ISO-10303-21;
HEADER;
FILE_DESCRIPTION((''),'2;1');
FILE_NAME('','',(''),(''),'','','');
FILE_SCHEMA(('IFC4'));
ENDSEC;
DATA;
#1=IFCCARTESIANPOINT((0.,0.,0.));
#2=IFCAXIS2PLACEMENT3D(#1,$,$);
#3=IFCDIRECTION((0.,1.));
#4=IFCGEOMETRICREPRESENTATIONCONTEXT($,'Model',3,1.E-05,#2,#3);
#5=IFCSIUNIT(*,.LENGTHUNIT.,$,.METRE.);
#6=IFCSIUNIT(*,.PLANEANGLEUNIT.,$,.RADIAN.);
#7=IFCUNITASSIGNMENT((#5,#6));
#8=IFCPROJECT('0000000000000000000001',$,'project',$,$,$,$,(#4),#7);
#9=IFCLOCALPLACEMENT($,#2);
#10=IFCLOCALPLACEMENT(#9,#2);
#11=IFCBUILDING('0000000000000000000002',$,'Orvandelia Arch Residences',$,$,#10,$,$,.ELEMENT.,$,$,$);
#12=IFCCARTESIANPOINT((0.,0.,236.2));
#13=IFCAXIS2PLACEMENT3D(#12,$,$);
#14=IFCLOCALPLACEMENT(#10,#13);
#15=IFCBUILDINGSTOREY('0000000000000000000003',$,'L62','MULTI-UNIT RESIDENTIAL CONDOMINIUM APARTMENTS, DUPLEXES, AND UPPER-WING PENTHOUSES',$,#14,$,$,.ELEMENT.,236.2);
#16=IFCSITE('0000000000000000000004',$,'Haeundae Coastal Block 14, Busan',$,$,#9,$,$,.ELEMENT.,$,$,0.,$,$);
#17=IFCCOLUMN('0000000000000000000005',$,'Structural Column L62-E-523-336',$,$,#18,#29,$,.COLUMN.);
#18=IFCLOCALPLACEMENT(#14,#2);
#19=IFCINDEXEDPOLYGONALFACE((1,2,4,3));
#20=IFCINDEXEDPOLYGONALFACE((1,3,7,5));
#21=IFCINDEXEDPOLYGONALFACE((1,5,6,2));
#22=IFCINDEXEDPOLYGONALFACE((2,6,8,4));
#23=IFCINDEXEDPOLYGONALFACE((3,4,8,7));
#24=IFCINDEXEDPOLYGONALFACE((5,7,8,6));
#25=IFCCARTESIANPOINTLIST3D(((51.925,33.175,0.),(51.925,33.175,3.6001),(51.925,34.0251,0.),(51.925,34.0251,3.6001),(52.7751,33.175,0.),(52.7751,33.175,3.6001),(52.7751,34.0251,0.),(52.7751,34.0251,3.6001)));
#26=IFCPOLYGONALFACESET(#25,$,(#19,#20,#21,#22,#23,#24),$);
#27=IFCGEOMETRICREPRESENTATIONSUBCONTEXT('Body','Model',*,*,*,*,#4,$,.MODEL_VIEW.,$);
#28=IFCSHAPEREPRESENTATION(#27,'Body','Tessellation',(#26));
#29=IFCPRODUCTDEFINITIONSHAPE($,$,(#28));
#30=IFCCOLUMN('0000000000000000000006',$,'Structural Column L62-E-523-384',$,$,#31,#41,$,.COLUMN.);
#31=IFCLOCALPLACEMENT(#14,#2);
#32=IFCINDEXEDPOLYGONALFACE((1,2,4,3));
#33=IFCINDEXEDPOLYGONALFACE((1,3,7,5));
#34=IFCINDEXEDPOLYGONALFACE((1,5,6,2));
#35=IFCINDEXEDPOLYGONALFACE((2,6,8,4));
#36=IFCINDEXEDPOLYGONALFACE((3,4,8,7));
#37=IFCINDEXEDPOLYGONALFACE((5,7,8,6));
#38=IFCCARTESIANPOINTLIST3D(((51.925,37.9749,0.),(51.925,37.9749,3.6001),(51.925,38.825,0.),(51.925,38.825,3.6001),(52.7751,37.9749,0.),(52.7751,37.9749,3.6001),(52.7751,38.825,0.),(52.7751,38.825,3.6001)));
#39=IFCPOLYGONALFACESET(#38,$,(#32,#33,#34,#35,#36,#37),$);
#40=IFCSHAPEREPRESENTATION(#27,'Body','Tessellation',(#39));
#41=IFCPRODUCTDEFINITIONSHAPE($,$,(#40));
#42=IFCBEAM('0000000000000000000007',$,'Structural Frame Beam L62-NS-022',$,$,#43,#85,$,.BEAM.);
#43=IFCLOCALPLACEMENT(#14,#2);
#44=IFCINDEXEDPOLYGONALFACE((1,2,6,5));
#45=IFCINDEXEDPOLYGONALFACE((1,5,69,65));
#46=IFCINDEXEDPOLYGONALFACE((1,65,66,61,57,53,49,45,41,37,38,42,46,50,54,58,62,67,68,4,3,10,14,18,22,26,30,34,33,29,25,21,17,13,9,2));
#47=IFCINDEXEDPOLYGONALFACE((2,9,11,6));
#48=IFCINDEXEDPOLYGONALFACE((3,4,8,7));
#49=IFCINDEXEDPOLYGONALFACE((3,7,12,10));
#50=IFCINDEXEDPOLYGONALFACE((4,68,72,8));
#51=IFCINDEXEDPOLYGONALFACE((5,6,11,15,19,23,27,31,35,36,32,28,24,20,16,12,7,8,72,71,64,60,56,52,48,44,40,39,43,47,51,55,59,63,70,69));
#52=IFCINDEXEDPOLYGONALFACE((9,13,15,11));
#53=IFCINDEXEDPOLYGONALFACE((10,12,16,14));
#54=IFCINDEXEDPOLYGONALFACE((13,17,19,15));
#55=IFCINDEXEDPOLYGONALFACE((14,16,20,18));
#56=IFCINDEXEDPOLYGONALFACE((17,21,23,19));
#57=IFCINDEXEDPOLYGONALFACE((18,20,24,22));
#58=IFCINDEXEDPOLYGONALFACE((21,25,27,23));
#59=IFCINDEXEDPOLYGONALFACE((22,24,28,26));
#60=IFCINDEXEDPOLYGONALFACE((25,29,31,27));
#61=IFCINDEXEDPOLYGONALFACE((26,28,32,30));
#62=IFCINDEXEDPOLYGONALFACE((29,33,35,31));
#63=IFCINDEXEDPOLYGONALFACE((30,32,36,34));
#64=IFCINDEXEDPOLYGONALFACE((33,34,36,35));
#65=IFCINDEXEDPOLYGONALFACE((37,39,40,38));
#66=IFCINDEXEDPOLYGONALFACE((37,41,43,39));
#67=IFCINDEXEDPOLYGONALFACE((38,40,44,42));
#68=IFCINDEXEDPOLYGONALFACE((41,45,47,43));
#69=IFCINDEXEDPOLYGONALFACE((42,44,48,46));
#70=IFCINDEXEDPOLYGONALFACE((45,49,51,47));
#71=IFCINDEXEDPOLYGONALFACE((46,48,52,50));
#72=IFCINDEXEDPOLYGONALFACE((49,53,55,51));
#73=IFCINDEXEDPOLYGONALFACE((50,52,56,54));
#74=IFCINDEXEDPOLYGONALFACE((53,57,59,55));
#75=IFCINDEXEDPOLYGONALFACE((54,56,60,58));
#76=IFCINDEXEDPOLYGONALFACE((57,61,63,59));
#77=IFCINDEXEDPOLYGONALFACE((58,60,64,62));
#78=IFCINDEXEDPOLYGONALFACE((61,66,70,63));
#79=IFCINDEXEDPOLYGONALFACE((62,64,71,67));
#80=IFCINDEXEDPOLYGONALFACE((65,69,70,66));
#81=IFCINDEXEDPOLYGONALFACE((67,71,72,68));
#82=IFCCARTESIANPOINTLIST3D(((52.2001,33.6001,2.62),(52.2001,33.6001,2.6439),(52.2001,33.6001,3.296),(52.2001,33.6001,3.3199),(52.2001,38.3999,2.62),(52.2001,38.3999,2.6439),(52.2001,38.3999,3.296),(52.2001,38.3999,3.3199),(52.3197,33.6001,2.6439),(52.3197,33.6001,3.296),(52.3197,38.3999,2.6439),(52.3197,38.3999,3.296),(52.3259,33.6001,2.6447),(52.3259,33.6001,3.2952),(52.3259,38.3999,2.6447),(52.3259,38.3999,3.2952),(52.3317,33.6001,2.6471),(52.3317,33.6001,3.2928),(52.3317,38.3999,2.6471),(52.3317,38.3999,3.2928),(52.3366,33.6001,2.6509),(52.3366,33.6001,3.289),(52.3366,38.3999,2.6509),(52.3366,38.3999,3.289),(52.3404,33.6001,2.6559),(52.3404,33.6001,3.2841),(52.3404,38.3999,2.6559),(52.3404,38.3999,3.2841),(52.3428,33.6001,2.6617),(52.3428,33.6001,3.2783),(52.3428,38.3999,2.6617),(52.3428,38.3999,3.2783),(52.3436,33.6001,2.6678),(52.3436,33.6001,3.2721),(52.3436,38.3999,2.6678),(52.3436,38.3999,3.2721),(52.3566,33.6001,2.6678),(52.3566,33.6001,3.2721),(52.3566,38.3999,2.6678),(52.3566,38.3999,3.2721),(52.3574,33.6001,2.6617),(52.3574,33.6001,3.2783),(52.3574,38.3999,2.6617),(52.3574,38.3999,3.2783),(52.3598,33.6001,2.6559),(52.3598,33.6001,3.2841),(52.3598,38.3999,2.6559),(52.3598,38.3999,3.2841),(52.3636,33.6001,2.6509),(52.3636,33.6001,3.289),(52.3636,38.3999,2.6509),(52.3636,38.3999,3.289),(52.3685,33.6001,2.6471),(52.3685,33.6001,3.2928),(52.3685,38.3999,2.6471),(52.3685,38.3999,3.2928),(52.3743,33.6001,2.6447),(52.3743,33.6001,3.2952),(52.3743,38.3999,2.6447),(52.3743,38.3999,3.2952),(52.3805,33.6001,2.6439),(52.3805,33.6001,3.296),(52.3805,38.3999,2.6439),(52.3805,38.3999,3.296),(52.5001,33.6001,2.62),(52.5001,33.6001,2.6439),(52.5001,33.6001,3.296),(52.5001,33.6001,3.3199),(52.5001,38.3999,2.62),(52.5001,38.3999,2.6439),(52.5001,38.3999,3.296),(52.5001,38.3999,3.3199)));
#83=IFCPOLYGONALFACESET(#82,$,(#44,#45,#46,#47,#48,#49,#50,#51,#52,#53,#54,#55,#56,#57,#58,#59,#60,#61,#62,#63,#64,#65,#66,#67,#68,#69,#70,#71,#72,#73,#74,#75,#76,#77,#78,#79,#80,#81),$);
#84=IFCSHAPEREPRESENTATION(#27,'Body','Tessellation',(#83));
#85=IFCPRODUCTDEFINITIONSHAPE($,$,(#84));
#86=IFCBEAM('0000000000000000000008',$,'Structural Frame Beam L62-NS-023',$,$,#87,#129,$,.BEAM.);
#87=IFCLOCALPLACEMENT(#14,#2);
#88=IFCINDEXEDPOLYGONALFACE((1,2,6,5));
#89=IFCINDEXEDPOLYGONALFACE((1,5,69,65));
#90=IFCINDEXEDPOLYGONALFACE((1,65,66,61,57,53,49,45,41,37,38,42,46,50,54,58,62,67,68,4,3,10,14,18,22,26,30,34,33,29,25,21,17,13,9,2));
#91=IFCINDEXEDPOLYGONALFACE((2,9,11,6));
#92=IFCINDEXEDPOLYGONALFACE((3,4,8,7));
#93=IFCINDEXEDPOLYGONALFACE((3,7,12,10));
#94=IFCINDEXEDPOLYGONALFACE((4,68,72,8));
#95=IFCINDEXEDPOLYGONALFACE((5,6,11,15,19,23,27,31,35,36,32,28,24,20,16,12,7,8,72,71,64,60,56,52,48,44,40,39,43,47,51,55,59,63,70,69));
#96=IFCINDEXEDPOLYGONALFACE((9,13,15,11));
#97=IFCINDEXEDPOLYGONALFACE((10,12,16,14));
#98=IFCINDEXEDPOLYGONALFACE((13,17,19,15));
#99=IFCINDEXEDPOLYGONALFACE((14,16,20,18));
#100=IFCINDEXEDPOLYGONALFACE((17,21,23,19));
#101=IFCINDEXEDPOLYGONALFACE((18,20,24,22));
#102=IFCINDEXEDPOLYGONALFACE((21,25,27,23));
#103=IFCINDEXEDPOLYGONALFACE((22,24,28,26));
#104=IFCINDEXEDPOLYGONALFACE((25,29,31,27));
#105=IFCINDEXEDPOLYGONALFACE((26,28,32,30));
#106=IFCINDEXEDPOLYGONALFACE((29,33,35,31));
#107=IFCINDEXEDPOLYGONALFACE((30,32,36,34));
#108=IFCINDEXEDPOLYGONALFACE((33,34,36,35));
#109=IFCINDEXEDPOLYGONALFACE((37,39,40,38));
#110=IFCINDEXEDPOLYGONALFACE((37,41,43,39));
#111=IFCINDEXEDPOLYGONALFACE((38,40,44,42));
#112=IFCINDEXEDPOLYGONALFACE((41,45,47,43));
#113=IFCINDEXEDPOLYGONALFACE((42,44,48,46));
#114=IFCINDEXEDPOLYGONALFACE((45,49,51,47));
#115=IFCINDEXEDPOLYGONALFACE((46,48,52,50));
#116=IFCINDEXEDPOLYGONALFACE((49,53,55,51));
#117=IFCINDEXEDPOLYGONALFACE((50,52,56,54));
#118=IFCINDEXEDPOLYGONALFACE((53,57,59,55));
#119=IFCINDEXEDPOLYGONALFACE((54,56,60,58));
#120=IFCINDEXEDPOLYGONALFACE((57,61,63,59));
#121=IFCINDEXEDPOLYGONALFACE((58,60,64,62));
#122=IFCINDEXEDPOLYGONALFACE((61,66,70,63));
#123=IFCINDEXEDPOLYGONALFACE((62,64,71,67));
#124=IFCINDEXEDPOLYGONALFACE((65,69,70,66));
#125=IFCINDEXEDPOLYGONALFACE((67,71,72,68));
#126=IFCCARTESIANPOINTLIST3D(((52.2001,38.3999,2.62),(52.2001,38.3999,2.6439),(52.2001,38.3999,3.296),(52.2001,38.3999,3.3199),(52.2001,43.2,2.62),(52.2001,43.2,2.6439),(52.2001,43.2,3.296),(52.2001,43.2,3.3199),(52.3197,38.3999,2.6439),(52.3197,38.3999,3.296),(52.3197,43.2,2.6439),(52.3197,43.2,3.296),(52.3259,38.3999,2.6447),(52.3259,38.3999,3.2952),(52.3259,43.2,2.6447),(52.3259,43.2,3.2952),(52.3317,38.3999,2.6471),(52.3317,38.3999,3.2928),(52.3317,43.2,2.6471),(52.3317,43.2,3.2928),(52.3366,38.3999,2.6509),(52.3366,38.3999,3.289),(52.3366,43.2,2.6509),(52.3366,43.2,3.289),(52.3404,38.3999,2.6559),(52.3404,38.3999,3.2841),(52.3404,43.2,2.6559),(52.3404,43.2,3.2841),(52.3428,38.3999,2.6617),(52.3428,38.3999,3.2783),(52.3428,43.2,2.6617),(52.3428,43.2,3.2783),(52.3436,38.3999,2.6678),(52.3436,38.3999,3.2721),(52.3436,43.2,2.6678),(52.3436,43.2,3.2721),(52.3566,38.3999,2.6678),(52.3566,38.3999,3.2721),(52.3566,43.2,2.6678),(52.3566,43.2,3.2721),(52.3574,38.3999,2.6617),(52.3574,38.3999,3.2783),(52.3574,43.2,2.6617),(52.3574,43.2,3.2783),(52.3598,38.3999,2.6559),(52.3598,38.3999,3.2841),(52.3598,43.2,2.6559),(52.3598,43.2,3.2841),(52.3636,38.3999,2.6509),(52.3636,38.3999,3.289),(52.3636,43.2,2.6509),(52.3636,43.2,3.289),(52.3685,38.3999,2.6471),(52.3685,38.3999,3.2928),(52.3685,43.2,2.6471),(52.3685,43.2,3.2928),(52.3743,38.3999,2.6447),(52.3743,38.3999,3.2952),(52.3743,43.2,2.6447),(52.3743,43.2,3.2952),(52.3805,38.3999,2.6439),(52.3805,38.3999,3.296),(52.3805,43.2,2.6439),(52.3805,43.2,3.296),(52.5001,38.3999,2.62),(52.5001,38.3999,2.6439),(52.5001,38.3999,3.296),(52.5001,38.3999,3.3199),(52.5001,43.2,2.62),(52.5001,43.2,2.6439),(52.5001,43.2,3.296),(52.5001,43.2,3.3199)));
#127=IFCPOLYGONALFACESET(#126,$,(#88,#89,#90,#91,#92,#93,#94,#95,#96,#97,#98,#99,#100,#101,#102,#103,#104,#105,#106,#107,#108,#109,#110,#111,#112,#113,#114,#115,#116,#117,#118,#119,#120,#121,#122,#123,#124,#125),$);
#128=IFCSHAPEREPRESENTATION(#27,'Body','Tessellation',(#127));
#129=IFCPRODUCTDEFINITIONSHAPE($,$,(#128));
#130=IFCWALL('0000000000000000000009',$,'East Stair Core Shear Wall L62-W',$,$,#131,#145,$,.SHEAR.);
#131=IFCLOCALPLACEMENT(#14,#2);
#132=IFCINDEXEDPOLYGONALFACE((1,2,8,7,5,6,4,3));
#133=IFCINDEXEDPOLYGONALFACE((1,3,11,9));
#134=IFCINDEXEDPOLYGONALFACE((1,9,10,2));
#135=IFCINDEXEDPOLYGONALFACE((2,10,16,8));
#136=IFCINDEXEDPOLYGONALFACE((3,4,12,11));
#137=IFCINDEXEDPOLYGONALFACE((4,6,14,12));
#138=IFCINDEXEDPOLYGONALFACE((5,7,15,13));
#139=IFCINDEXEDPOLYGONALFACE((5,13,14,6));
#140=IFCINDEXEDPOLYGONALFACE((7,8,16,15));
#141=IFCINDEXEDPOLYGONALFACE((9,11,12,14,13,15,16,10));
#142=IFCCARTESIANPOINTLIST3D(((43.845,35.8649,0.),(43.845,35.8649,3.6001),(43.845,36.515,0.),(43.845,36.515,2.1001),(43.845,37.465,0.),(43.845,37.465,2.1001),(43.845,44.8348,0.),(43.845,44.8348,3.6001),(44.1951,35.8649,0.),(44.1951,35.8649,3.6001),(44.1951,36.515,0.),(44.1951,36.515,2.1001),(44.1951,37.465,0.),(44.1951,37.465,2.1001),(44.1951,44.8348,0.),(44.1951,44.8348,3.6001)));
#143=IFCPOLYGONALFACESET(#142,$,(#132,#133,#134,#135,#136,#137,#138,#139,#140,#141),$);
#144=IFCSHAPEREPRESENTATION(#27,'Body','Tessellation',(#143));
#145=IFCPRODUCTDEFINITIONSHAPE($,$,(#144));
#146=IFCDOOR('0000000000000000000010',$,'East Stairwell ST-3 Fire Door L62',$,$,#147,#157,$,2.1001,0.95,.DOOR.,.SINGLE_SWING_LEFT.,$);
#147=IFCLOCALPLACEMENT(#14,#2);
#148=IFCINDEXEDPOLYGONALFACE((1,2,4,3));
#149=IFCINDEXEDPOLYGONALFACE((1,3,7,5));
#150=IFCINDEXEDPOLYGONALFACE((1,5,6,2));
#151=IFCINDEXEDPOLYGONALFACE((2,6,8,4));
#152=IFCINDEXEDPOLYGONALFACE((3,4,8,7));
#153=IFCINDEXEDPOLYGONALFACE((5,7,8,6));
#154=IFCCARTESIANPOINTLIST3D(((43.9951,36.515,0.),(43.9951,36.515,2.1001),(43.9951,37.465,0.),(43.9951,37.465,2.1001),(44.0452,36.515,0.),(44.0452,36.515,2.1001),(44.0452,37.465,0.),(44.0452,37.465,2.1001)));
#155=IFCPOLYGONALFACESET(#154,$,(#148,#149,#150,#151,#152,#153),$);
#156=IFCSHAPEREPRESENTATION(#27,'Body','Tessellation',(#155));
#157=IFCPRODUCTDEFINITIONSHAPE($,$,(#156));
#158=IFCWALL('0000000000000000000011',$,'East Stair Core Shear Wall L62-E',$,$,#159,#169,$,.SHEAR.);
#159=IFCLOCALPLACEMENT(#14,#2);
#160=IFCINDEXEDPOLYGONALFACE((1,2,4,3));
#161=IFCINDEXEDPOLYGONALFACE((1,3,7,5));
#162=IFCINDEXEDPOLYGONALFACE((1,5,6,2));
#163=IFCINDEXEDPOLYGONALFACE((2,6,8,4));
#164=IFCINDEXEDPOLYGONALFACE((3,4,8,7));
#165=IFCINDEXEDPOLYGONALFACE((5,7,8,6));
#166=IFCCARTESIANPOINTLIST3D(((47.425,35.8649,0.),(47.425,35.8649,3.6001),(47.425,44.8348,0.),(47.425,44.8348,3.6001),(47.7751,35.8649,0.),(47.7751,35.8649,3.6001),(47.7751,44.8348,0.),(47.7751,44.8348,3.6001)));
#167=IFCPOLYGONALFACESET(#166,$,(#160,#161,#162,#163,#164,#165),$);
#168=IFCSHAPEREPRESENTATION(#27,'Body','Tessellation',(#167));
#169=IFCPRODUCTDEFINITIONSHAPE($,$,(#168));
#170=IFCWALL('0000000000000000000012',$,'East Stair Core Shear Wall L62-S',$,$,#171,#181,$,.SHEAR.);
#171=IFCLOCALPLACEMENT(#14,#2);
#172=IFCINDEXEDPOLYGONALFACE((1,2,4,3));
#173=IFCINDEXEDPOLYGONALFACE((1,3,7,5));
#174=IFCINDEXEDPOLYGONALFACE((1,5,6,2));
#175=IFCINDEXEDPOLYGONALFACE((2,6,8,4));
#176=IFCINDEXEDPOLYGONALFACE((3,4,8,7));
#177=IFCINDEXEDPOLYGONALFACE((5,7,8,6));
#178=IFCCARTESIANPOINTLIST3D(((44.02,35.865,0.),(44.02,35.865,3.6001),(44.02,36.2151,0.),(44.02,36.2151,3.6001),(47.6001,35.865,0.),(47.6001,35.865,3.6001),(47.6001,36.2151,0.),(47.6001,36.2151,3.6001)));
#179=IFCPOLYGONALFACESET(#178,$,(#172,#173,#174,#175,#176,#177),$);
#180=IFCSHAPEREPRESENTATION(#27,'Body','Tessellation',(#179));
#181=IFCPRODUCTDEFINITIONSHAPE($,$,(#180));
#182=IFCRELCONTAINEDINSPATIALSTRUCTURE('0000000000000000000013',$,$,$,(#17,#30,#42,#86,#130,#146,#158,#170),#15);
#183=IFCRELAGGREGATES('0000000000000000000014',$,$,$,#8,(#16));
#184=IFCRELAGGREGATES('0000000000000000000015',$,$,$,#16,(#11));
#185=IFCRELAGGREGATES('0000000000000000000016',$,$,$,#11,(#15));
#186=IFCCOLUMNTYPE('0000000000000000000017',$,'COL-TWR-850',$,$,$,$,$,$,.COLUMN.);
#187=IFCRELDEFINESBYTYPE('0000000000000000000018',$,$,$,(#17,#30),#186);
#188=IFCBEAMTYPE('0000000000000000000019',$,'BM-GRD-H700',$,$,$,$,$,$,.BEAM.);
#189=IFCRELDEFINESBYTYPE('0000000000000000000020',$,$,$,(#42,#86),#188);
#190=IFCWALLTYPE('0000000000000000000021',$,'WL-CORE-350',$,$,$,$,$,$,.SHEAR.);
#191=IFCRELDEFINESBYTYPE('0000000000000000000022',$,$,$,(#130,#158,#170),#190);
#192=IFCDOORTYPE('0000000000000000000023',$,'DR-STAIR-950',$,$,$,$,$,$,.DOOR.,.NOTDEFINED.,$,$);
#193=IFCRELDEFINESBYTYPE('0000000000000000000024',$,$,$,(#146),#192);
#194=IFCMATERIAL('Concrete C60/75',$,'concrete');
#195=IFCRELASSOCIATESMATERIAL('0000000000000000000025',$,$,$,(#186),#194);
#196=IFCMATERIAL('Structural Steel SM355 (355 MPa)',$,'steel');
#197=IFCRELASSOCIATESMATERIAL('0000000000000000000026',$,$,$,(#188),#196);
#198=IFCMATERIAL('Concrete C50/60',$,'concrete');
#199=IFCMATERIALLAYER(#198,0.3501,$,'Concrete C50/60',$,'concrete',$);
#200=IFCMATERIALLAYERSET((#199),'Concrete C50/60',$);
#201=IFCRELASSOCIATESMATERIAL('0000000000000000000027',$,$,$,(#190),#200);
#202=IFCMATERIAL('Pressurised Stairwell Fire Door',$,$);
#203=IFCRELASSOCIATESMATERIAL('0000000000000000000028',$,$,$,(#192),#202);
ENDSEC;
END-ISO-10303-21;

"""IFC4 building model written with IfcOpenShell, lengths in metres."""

from ifc_helpers import new_model, si_unit, direction, frame, frame_2d, origin, origin_2d, place, context, subcontext, project, spatial, rectangle, i_section, extrude, material, layer, layer_set, material_profile, profile_set, type_object, element, fill, save


model = new_model("IFC4")

# Units and contexts
model_context = context("Model", 3, precision=1e-05, world=origin(), true_north=direction((0.0, 1.0)))
body_context = subcontext(model_context, "Body", "Model", "MODEL_VIEW")
ifc_project = project(units=[si_unit("LENGTHUNIT", "METRE"), si_unit("PLANEANGLEUNIT", "RADIAN")], contexts=[model_context])

# Site, building, storey
site_placement = place(None, origin())
site = spatial("IfcSite", under=ifc_project, at=site_placement, Name="Haeundae Coastal Block 14, Busan", CompositionType="ELEMENT", RefElevation=0.0)
building_placement = place(site_placement, origin())
building = spatial("IfcBuilding", under=site, at=building_placement, Name="Orvandelia Arch Residences", CompositionType="ELEMENT")
storey_placement = place(building_placement, frame((0.0, 0.0, 236.2)))
storey = spatial("IfcBuildingStorey", under=building, at=storey_placement, Name="L62", Description="MULTI-UNIT RESIDENTIAL CONDOMINIUM APARTMENTS, DUPLEXES, AND UPPER-WING PENTHOUSES", CompositionType="ELEMENT", Elevation=236.2)

# Columns
ifc_material_1 = material(Name="Concrete C60/75", Category="concrete")
ifc_material_profile_1 = material_profile(ifc_material_1, rectangle(XDim=0.8501, YDim=0.8501, at=origin_2d()), Name="Concrete C60/75", Category="concrete")
ifc_profile_set_1 = profile_set([ifc_material_profile_1], Name="Concrete C60/75")
column_type = type_object("IfcColumnType", Name="COL-TWR-850", PredefinedType="COLUMN", material=ifc_profile_set_1)
for number, where, z_axis, x_axis, name in (
    (1, (52.3501, 33.6001, 0.0), (0.0, 0.0, 1.0), (1.0, 0.0, 0.0), "Structural Column L62-E-523-336"),
    (2, (52.3501, 38.3999, 0.0), (0.0, 0.0, 1.0), (1.0, 0.0, 0.0), "Structural Column L62-E-523-384"),
):
    element("IfcColumn", number, at=place(storey_placement, frame(where, z_axis=z_axis, x_axis=x_axis)), inside=storey, type_object=column_type, Name=name, PredefinedType="COLUMN", context=body_context, shape_type="SweptSolid", body=[
        extrude(rectangle(XDim=0.8501, YDim=0.8501, at=origin_2d()), origin(), (0.0, 0.0, 1.0), 3.6001),
    ])

# Beams
ifc_material_2 = material(Name="Structural Steel SM355 (355 MPa)", Category="steel")
ifc_material_profile_2 = material_profile(ifc_material_2, i_section(OverallWidth=0.3, OverallDepth=0.7, WebThickness=0.0129, FlangeThickness=0.0239, FilletRadius=0.0239, at=origin_2d()), Name="Structural Steel SM355 (355 MPa)", Category="steel")
ifc_profile_set_2 = profile_set([ifc_material_profile_2], Name="Structural Steel SM355 (355 MPa)")
beam_type = type_object("IfcBeamType", Name="BM-GRD-H700", PredefinedType="BEAM", material=ifc_profile_set_2)
beam_1_placement = place(storey_placement, frame((52.3501, 33.6001, 2.97), z_axis=(0.0, 1.0, 0.0), x_axis=(-1.0, 0.0, 0.0)))
element("IfcBeam", 3, at=beam_1_placement, inside=storey, type_object=beam_type, Name="Structural Frame Beam L62-NS-022", PredefinedType="BEAM", context=body_context, shape_type="SweptSolid", body=[
    extrude(i_section(OverallWidth=0.3, OverallDepth=0.7, WebThickness=0.0129, FlangeThickness=0.0239, FilletRadius=0.0239, at=origin_2d()), origin(), (0.0, 0.0, 1.0), 4.7998),
])
beam_2_placement = place(storey_placement, frame((52.3501, 38.3999, 2.97), z_axis=(0.0, 1.0, 0.0), x_axis=(-1.0, 0.0, 0.0)))
element("IfcBeam", 4, at=beam_2_placement, inside=storey, type_object=beam_type, Name="Structural Frame Beam L62-NS-023", PredefinedType="BEAM", context=body_context, shape_type="SweptSolid", body=[
    extrude(i_section(OverallWidth=0.3, OverallDepth=0.7, WebThickness=0.0129, FlangeThickness=0.0239, FilletRadius=0.0239, at=origin_2d()), origin(), (0.0, 0.0, 1.0), 4.8),
])

# Wall, opening, door
ifc_material_3 = material(Name="Concrete C50/60", Category="concrete")
ifc_layer_1 = layer(ifc_material_3, 0.3501, Name="Concrete C50/60", Category="concrete")
ifc_layer_set_1 = layer_set([ifc_layer_1], Name="Concrete C50/60")
wall_type_1 = type_object("IfcWallType", Name="WL-CORE-350", PredefinedType="SHEAR", material=ifc_layer_set_1)
wall_1_placement = place(storey_placement, frame((44.02, 35.865, 0.0), z_axis=(0.0, 0.0, 1.0), x_axis=(0.0, 1.0, 0.0)))
wall_1 = element("IfcWall", 5, at=wall_1_placement, inside=storey, type_object=wall_type_1, Name="East Stair Core Shear Wall L62-W", PredefinedType="SHEAR", context=body_context, shape_type="SweptSolid", body=[
    extrude(rectangle(XDim=8.97, YDim=0.3501, at=frame_2d((4.4849, 0.0))), origin(), (0.0, 0.0, 1.0), 3.6001),
])
opening_1_placement = place(wall_1_placement, frame((0.6499, 0.0, 0.0)))
opening_1 = element("IfcOpeningElement", 6, at=opening_1_placement, cuts=wall_1, PredefinedType="OPENING", context=body_context, shape_type="SweptSolid", body=[
    extrude(rectangle(XDim=0.95, YDim=2.1001, at=frame_2d((0.4751, 1.05))), frame((0.0, 0.1851, 0.0), z_axis=(0.0, -1.0, 0.0), x_axis=(1.0, 0.0, 0.0)), (0.0, 0.0, 1.0), 0.3701),
])
ifc_material_4 = material(Name="Pressurised Stairwell Fire Door")
door_type_1 = type_object("IfcDoorType", Name="DR-STAIR-950", OperationType="NOTDEFINED", PredefinedType="DOOR", material=ifc_material_4)
door_1_placement = place(opening_1_placement, origin())
door_1 = element("IfcDoor", 7, at=door_1_placement, inside=storey, type_object=door_type_1, Name="East Stairwell ST-3 Fire Door L62", OperationType="SINGLE_SWING_LEFT", OverallHeight=2.1001, OverallWidth=0.95, PredefinedType="DOOR", context=body_context, shape_type="SweptSolid", body=[
    extrude(rectangle(XDim=0.95, YDim=2.1001, at=frame_2d((0.4751, 1.05))), frame((0.0, 0.0249, 0.0), z_axis=(0.0, -1.0, 0.0), x_axis=(1.0, 0.0, 0.0)), (0.0, 0.0, 1.0), 0.05),
])
fill(opening_1, door_1)

# Walls
wall_2_placement = place(storey_placement, frame((47.6001, 35.865, 0.0), z_axis=(0.0, 0.0, 1.0), x_axis=(0.0, 1.0, 0.0)))
element("IfcWall", 8, at=wall_2_placement, inside=storey, type_object=wall_type_1, Name="East Stair Core Shear Wall L62-E", PredefinedType="SHEAR", context=body_context, shape_type="SweptSolid", body=[
    extrude(rectangle(XDim=8.97, YDim=0.3501, at=frame_2d((4.4849, 0.0))), origin(), (0.0, 0.0, 1.0), 3.6001),
])
wall_3_placement = place(storey_placement, frame((44.02, 36.04, 0.0), z_axis=(0.0, 0.0, 1.0), x_axis=(1.0, 0.0, 0.0)))
element("IfcWall", 9, at=wall_3_placement, inside=storey, type_object=wall_type_1, Name="East Stair Core Shear Wall L62-S", PredefinedType="SHEAR", context=body_context, shape_type="SweptSolid", body=[
    extrude(rectangle(XDim=3.5801, YDim=0.3501, at=frame_2d((1.79, 0.0))), origin(), (0.0, 0.0, 1.0), 3.6001),
])

save(model, "model.ifc")
